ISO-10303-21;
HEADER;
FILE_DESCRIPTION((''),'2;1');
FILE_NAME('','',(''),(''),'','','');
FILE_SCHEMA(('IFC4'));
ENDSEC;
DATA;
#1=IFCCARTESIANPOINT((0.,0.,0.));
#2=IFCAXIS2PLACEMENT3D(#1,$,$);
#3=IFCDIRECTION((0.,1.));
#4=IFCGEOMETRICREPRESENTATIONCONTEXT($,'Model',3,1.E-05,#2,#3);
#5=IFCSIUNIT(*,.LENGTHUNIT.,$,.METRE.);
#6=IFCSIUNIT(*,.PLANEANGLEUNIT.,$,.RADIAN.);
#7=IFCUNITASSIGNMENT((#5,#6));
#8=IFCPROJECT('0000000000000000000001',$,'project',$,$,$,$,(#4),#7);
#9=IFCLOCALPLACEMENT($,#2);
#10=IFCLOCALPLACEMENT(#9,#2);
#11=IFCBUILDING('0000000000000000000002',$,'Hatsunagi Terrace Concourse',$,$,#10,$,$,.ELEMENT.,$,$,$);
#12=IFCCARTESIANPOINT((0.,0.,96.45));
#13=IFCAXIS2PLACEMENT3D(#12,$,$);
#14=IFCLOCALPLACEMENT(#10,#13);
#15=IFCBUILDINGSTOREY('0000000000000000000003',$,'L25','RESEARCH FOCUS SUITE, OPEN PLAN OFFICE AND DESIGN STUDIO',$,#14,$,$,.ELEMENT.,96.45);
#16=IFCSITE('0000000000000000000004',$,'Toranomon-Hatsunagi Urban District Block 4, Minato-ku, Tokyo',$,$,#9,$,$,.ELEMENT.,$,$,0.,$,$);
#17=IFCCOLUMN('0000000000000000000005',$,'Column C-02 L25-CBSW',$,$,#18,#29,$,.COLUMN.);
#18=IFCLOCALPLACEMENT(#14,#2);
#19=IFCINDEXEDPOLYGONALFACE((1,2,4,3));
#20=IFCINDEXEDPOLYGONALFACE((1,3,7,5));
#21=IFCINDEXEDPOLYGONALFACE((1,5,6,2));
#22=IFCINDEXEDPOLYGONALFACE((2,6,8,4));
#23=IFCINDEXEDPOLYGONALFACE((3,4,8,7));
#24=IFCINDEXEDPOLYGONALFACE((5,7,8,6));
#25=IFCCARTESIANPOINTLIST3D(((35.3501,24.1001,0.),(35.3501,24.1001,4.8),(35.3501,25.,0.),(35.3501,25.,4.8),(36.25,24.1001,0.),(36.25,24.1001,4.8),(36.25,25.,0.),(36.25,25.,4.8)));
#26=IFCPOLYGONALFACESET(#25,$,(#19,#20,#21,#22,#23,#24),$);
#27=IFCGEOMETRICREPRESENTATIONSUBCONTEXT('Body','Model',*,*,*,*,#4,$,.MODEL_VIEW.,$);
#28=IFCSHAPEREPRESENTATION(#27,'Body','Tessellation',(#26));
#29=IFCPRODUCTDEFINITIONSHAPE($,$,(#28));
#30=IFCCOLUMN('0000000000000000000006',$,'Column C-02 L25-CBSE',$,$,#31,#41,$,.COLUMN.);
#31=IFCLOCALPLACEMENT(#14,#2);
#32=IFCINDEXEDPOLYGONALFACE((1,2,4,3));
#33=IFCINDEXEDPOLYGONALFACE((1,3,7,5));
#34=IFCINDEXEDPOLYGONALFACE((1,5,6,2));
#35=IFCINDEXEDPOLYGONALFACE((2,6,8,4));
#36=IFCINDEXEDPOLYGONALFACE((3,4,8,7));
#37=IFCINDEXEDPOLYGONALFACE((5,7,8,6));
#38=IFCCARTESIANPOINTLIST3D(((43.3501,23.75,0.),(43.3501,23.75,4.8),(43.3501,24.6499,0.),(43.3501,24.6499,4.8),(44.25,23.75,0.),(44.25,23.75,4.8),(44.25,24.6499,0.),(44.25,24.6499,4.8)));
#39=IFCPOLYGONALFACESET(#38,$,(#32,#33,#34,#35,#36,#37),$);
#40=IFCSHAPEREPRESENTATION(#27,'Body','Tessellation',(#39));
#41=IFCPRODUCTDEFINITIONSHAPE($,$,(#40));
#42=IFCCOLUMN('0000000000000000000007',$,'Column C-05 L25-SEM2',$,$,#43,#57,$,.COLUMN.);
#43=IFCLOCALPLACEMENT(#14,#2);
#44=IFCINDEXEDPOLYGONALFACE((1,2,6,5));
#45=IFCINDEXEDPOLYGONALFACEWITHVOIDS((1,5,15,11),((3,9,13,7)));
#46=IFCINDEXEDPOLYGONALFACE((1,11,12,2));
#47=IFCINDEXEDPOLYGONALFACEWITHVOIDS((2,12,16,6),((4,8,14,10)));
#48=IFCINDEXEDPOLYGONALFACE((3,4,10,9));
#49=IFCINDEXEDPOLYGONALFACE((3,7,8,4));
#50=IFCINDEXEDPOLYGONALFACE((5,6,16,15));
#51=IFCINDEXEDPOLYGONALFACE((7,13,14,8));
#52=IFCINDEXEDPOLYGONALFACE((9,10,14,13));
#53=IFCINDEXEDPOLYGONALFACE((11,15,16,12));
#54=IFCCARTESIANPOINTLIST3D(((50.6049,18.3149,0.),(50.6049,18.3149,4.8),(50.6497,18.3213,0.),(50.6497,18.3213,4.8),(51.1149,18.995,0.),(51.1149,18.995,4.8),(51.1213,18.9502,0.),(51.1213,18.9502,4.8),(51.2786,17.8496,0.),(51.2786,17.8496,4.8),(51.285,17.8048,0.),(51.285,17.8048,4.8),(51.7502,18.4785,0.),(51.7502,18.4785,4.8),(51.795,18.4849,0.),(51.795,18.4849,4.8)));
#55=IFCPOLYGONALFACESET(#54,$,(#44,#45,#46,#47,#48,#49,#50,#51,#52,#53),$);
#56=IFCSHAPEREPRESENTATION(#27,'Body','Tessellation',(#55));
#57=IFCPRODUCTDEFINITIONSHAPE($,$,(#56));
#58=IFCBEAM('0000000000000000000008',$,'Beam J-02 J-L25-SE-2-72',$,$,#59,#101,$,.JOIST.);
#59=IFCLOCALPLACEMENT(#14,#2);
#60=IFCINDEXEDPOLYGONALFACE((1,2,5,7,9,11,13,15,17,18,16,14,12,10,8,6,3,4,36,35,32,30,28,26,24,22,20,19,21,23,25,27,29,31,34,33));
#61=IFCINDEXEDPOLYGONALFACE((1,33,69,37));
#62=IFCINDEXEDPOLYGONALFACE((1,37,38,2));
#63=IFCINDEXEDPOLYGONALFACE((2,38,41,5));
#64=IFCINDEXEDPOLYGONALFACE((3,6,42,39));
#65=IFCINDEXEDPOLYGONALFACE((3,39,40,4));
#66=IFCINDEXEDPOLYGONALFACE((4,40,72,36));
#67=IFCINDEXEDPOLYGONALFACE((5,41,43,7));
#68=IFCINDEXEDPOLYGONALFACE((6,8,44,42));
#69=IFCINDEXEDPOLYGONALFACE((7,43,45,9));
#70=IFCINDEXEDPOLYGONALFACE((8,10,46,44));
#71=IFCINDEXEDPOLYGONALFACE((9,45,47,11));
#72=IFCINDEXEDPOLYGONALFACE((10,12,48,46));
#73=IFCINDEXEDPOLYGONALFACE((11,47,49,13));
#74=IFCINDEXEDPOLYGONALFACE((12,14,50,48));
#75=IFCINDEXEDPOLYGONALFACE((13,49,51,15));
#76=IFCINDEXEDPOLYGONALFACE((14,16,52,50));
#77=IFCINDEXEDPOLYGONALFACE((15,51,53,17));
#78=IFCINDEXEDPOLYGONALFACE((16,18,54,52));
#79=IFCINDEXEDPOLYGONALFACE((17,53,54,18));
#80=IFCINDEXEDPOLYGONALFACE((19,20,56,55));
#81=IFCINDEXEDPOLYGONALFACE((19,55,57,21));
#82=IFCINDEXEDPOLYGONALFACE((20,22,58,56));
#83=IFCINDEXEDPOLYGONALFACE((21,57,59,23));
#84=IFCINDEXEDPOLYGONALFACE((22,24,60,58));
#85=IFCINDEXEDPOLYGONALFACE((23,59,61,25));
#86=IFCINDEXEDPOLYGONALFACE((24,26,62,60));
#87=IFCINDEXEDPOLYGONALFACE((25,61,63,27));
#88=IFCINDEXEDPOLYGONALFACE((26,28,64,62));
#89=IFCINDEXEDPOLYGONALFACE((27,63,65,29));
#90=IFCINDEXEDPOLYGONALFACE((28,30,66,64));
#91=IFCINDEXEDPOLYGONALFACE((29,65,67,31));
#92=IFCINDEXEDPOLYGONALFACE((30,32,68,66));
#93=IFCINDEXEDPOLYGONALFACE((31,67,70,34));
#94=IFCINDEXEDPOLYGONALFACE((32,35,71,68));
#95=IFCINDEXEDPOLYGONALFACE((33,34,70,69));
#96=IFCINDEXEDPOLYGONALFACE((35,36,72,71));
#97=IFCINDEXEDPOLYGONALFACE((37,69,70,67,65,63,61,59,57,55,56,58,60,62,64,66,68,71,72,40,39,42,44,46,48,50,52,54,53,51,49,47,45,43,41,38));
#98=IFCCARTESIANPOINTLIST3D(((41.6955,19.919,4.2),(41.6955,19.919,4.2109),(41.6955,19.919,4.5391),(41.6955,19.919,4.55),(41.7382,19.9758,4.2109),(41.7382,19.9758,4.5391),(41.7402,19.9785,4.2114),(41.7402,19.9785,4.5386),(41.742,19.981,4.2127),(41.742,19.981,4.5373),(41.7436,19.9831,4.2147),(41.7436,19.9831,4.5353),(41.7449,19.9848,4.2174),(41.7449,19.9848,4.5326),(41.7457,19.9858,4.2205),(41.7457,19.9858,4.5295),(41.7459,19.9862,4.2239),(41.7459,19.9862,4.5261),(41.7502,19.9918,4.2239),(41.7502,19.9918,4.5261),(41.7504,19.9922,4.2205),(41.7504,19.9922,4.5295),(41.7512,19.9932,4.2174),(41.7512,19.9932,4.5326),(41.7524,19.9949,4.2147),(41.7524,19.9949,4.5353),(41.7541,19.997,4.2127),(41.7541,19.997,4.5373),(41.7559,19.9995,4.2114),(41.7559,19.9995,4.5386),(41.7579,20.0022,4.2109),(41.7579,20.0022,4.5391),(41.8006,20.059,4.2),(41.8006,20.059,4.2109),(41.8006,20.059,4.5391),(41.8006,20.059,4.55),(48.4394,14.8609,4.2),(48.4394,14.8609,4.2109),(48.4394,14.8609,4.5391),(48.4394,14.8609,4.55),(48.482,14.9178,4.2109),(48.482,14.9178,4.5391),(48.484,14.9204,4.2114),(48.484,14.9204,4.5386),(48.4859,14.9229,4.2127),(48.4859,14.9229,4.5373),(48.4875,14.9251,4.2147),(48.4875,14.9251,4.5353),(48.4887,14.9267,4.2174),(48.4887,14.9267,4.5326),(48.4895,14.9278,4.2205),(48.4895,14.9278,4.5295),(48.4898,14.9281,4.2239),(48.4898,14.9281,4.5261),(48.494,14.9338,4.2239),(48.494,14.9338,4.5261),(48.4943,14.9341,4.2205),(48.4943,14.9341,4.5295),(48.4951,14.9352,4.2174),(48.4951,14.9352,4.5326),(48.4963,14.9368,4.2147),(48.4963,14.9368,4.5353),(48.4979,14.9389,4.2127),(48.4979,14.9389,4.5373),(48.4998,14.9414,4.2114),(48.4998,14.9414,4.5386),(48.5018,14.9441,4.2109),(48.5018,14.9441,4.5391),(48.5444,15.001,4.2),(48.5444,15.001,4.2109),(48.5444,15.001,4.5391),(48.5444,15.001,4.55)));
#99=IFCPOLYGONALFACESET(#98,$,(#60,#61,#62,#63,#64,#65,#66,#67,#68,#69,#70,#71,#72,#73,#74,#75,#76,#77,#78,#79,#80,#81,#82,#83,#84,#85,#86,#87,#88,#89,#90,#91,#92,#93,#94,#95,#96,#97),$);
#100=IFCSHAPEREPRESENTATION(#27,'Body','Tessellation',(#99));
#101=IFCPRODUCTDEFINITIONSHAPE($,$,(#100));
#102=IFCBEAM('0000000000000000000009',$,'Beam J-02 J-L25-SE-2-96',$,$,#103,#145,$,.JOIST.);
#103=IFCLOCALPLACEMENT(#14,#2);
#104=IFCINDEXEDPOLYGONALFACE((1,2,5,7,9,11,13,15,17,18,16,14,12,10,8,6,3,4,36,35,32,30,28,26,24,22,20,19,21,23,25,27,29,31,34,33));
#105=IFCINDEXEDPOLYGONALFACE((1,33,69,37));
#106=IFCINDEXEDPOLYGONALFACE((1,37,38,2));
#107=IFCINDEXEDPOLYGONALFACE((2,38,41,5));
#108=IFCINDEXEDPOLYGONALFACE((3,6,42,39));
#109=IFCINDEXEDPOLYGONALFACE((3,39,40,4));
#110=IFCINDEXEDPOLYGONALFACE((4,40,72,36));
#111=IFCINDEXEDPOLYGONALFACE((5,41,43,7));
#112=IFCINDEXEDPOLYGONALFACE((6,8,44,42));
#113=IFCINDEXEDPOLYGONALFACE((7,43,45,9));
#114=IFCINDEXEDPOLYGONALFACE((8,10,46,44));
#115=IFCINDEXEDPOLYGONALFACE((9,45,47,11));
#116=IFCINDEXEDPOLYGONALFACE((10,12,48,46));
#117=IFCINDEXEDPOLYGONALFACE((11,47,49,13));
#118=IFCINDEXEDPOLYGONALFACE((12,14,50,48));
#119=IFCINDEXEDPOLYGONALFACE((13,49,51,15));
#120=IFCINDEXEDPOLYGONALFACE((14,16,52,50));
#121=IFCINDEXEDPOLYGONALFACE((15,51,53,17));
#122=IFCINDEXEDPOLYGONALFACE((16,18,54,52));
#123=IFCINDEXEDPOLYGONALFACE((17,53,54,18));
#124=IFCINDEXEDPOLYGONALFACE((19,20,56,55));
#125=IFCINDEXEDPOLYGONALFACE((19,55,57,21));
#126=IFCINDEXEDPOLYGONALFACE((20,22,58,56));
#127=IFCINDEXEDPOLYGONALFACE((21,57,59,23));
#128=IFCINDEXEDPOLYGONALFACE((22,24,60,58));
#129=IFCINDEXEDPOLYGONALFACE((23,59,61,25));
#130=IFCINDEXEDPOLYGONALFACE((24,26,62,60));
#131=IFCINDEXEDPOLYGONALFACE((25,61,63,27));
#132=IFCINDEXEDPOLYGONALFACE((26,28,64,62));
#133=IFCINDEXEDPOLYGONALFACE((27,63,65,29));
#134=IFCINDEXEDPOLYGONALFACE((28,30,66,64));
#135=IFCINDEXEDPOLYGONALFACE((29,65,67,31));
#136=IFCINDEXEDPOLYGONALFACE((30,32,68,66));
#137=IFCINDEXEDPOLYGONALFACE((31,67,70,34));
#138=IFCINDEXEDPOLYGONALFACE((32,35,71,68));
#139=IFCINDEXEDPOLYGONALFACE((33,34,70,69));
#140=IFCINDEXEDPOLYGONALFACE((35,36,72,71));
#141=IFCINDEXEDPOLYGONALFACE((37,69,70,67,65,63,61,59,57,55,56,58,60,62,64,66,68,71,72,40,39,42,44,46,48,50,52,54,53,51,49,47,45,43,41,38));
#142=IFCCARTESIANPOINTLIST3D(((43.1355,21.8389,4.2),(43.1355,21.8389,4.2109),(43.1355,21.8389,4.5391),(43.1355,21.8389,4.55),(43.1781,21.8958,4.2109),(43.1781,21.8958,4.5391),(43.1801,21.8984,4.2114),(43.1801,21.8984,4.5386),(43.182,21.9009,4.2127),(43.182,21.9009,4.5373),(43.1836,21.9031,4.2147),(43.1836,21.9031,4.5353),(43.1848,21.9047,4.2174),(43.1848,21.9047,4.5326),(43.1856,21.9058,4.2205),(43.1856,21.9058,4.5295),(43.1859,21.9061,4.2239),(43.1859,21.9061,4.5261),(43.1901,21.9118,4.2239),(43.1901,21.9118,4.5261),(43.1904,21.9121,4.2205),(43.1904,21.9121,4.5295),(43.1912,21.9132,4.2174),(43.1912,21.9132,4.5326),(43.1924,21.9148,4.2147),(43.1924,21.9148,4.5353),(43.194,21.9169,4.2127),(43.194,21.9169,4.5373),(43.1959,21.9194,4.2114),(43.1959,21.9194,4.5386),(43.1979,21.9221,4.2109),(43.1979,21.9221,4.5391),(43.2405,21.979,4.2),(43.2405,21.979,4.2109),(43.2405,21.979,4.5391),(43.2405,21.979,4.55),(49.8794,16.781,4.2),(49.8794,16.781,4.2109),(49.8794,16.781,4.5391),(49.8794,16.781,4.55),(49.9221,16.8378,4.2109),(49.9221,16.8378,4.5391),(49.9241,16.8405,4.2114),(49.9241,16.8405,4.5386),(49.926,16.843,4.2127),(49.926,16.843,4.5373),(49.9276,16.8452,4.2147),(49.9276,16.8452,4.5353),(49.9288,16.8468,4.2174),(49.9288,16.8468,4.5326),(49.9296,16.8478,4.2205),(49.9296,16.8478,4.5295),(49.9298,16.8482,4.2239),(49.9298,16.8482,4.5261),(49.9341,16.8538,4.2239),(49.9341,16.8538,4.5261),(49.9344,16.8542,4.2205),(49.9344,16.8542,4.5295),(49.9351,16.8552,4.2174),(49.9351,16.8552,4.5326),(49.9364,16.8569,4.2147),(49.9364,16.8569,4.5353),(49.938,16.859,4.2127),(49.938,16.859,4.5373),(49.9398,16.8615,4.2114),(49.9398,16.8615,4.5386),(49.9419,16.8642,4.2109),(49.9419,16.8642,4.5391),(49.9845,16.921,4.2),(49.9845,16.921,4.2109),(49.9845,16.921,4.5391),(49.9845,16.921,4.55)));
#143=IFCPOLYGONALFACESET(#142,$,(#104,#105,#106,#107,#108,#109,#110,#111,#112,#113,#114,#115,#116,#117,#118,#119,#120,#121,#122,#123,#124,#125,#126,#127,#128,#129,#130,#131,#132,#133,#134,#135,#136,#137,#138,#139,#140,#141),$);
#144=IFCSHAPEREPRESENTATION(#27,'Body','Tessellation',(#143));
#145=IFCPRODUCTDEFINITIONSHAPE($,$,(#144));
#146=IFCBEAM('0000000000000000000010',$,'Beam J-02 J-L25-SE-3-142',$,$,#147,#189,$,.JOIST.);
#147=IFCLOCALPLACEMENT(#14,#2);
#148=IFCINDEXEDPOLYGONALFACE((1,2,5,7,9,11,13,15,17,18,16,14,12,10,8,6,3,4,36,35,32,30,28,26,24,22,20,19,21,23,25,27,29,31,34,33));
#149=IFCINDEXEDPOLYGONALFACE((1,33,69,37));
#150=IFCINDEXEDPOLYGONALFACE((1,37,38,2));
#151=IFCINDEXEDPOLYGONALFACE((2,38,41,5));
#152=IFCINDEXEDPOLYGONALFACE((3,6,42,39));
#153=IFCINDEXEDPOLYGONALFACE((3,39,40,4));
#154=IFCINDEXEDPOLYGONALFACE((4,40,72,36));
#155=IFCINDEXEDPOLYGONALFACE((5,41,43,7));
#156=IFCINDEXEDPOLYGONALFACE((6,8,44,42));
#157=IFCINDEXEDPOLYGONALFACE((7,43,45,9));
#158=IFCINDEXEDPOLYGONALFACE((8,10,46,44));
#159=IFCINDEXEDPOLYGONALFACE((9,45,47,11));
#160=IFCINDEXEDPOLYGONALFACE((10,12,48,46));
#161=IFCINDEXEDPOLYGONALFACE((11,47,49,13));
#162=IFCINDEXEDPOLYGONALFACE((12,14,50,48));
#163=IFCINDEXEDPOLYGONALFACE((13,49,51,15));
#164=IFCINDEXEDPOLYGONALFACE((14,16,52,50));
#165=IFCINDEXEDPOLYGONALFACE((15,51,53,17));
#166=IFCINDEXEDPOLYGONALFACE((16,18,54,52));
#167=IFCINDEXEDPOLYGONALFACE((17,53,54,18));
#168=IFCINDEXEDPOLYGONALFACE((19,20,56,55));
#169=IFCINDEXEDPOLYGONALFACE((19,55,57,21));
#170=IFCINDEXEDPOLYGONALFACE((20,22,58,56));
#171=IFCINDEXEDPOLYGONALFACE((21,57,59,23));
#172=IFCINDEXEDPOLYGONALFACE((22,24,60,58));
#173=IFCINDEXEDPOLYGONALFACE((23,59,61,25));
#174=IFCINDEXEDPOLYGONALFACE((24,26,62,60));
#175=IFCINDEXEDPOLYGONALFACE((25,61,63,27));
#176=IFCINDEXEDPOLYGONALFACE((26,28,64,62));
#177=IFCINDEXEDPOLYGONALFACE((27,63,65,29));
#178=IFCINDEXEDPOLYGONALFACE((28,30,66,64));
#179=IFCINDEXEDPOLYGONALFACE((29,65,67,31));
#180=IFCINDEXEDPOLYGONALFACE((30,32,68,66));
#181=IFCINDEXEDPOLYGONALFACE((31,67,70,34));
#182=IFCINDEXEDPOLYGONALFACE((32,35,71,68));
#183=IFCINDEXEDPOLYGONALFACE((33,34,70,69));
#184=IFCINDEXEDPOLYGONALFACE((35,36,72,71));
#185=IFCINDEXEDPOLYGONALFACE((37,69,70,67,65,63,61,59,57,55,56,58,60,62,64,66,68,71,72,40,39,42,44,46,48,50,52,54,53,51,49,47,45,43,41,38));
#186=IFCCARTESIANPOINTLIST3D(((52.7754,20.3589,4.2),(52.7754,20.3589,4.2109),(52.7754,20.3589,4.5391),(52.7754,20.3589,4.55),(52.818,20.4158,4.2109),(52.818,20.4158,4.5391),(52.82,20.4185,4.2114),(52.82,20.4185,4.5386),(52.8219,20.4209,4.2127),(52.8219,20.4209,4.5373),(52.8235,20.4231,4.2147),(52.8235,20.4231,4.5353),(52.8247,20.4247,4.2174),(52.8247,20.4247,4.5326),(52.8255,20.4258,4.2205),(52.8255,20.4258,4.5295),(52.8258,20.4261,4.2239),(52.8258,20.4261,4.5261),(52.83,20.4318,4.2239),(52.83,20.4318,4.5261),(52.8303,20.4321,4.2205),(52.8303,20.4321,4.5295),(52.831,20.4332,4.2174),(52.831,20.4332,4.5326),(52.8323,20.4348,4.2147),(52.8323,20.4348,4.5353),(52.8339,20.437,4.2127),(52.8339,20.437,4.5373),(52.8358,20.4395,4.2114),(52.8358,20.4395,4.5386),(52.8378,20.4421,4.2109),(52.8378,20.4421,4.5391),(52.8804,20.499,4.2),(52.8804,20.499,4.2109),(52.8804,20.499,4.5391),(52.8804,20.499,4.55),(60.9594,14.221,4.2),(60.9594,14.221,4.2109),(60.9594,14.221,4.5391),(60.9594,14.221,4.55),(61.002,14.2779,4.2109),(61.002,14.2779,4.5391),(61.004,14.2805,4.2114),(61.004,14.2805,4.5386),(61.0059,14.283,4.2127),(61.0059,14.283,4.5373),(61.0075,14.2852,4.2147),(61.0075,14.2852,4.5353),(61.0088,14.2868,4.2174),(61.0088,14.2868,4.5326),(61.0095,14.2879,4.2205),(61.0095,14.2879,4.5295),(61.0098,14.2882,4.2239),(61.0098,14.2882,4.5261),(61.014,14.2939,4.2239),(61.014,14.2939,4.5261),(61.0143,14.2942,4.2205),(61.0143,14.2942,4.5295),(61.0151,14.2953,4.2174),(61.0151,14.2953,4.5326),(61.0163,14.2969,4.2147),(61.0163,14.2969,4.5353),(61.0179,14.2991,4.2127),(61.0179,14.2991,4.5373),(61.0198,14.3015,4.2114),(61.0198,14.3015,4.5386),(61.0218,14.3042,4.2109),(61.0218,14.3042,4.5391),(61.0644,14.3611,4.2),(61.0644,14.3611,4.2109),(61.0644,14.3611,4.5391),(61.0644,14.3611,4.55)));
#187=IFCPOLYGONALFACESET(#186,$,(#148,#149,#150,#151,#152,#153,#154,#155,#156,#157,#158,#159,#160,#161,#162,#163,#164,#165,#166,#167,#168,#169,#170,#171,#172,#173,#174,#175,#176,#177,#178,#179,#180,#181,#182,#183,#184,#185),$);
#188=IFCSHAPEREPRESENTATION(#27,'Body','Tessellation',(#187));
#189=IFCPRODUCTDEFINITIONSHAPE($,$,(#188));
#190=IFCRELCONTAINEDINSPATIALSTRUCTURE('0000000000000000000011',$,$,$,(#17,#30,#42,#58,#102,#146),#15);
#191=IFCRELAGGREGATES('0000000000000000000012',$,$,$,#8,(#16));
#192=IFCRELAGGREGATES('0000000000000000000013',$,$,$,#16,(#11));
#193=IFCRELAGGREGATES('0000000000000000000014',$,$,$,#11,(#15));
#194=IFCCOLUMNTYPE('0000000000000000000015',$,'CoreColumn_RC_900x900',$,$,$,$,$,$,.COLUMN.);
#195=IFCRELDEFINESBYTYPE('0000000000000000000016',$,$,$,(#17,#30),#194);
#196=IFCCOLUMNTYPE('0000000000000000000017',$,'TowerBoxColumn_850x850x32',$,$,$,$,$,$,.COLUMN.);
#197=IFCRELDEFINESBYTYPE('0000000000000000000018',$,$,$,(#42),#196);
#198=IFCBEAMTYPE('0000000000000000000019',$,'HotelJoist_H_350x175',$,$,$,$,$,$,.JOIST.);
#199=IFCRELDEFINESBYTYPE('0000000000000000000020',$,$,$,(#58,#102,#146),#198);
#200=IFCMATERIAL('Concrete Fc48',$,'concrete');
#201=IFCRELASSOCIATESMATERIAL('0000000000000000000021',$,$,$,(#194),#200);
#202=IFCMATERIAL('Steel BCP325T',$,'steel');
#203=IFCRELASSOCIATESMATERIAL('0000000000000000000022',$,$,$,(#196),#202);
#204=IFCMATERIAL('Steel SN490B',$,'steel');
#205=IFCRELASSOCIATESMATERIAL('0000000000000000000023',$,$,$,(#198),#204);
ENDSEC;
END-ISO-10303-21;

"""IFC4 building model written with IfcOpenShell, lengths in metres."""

from ifc_helpers import new_model, si_unit, direction, frame, origin, origin_2d, place, context, subcontext, project, spatial, rectangle, hollow_rectangle, i_section, extrude, material, material_profile, profile_set, type_object, element, save


model = new_model("IFC4")

# Units and contexts
model_context = context("Model", 3, precision=1e-05, world=origin(), true_north=direction((0.0, 1.0)))
body_context = subcontext(model_context, "Body", "Model", "MODEL_VIEW")
ifc_project = project(units=[si_unit("LENGTHUNIT", "METRE"), si_unit("PLANEANGLEUNIT", "RADIAN")], contexts=[model_context])

# Site, building, storey
site_placement = place(None, origin())
site = spatial("IfcSite", under=ifc_project, at=site_placement, Name="Toranomon-Hatsunagi Urban District Block 4, Minato-ku, Tokyo", CompositionType="ELEMENT", RefElevation=0.0)
building_placement = place(site_placement, origin())
building = spatial("IfcBuilding", under=site, at=building_placement, Name="Hatsunagi Terrace Concourse", CompositionType="ELEMENT")
storey_placement = place(building_placement, frame((0.0, 0.0, 96.45)))
storey = spatial("IfcBuildingStorey", under=building, at=storey_placement, Name="L25", Description="RESEARCH FOCUS SUITE, OPEN PLAN OFFICE AND DESIGN STUDIO", CompositionType="ELEMENT", Elevation=96.45)

# Columns
ifc_material_1 = material(Name="Concrete Fc48", Category="concrete")
ifc_material_profile_1 = material_profile(ifc_material_1, rectangle(XDim=0.8999, YDim=0.8999, at=origin_2d()), Name="RC-900x900")
ifc_profile_set_1 = profile_set([ifc_material_profile_1], Name="Concrete Fc48")
column_type_1 = type_object("IfcColumnType", Name="CoreColumn_RC_900x900", PredefinedType="COLUMN", material=ifc_profile_set_1)
for number, where, z_axis, x_axis, name in (
    (1, (35.8, 24.55, 0.0), (0.0, 0.0, 1.0), (1.0, 0.0, 0.0), "Column C-02 L25-CBSW"),
    (2, (43.8, 24.2, 0.0), (0.0, 0.0, 1.0), (1.0, 0.0, 0.0), "Column C-02 L25-CBSE"),
):
    element("IfcColumn", number, at=place(storey_placement, frame(where, z_axis=z_axis, x_axis=x_axis)), inside=storey, type_object=column_type_1, Name=name, PredefinedType="COLUMN", context=body_context, shape_type="SweptSolid", body=[
        extrude(rectangle(XDim=0.8999, YDim=0.8999, at=origin_2d()), origin(), (0.0, 0.0, 1.0), 4.8),
    ])
ifc_material_2 = material(Name="Steel BCP325T", Category="steel")
ifc_material_profile_2 = material_profile(ifc_material_2, hollow_rectangle(XDim=0.8501, YDim=0.8501, WallThickness=0.032, at=origin_2d()), Name="BCP-850x850x32")
ifc_profile_set_2 = profile_set([ifc_material_profile_2], Name="Steel BCP325T")
column_type_2 = type_object("IfcColumnType", Name="TowerBoxColumn_850x850x32", PredefinedType="COLUMN", material=ifc_profile_set_2)
column_placement = place(storey_placement, frame((51.2, 18.3999, 0.0), z_axis=(0.0, 0.0, 1.0), x_axis=(0.8, -0.6, 0.0)))
element("IfcColumn", 3, at=column_placement, inside=storey, type_object=column_type_2, Name="Column C-05 L25-SEM2", PredefinedType="COLUMN", context=body_context, shape_type="SweptSolid", body=[
    extrude(hollow_rectangle(XDim=0.8501, YDim=0.8501, WallThickness=0.032, at=origin_2d()), origin(), (0.0, 0.0, 1.0), 4.8),
])

# Beams
ifc_material_3 = material(Name="Steel SN490B", Category="steel")
ifc_material_profile_3 = material_profile(ifc_material_3, i_section(OverallWidth=0.175, OverallDepth=0.3501, WebThickness=0.0071, FlangeThickness=0.011, FilletRadius=0.0129, at=origin_2d()), Name="H-350x175x7x11")
ifc_profile_set_3 = profile_set([ifc_material_profile_3], Name="Steel SN490B")
beam_type_1 = type_object("IfcBeamType", Name="HotelJoist_H_350x175", PredefinedType="JOIST", material=ifc_profile_set_3)
for number, where, z_axis, x_axis, name in (
    (4, (41.748, 19.989, 4.375), (0.79999, -0.600014, 0.0), (0.600014, 0.79999, 0.0), "Beam J-02 J-L25-SE-2-72"),
    (5, (43.188, 21.9089, 4.375), (0.800003, -0.599995, 0.0), (0.599995, 0.800003, 0.0), "Beam J-02 J-L25-SE-2-96"),
):
    element("IfcBeam", number, at=place(storey_placement, frame(where, z_axis=z_axis, x_axis=x_axis)), inside=storey, type_object=beam_type_1, Name=name, PredefinedType="JOIST", context=body_context, shape_type="SweptSolid", body=[
        extrude(i_section(OverallWidth=0.175, OverallDepth=0.3501, WebThickness=0.0071, FlangeThickness=0.011, FilletRadius=0.0129, at=origin_2d()), origin(), (0.0, 0.0, 1.0), 8.4299),
    ])
for number, where, z_axis, x_axis, name in (
    (6, (52.8279, 20.429, 4.375), (0.800006, -0.599992, 0.0), (0.599992, 0.800006, 0.0), "Beam J-02 J-L25-SE-3-142"),
):
    element("IfcBeam", number, at=place(storey_placement, frame(where, z_axis=z_axis, x_axis=x_axis)), inside=storey, type_object=beam_type_1, Name=name, PredefinedType="JOIST", context=body_context, shape_type="SweptSolid", body=[
        extrude(i_section(OverallWidth=0.175, OverallDepth=0.3501, WebThickness=0.0071, FlangeThickness=0.011, FilletRadius=0.0129, at=origin_2d()), origin(), (0.0, 0.0, 1.0), 10.23),
    ])

save(model, "model.ifc")
